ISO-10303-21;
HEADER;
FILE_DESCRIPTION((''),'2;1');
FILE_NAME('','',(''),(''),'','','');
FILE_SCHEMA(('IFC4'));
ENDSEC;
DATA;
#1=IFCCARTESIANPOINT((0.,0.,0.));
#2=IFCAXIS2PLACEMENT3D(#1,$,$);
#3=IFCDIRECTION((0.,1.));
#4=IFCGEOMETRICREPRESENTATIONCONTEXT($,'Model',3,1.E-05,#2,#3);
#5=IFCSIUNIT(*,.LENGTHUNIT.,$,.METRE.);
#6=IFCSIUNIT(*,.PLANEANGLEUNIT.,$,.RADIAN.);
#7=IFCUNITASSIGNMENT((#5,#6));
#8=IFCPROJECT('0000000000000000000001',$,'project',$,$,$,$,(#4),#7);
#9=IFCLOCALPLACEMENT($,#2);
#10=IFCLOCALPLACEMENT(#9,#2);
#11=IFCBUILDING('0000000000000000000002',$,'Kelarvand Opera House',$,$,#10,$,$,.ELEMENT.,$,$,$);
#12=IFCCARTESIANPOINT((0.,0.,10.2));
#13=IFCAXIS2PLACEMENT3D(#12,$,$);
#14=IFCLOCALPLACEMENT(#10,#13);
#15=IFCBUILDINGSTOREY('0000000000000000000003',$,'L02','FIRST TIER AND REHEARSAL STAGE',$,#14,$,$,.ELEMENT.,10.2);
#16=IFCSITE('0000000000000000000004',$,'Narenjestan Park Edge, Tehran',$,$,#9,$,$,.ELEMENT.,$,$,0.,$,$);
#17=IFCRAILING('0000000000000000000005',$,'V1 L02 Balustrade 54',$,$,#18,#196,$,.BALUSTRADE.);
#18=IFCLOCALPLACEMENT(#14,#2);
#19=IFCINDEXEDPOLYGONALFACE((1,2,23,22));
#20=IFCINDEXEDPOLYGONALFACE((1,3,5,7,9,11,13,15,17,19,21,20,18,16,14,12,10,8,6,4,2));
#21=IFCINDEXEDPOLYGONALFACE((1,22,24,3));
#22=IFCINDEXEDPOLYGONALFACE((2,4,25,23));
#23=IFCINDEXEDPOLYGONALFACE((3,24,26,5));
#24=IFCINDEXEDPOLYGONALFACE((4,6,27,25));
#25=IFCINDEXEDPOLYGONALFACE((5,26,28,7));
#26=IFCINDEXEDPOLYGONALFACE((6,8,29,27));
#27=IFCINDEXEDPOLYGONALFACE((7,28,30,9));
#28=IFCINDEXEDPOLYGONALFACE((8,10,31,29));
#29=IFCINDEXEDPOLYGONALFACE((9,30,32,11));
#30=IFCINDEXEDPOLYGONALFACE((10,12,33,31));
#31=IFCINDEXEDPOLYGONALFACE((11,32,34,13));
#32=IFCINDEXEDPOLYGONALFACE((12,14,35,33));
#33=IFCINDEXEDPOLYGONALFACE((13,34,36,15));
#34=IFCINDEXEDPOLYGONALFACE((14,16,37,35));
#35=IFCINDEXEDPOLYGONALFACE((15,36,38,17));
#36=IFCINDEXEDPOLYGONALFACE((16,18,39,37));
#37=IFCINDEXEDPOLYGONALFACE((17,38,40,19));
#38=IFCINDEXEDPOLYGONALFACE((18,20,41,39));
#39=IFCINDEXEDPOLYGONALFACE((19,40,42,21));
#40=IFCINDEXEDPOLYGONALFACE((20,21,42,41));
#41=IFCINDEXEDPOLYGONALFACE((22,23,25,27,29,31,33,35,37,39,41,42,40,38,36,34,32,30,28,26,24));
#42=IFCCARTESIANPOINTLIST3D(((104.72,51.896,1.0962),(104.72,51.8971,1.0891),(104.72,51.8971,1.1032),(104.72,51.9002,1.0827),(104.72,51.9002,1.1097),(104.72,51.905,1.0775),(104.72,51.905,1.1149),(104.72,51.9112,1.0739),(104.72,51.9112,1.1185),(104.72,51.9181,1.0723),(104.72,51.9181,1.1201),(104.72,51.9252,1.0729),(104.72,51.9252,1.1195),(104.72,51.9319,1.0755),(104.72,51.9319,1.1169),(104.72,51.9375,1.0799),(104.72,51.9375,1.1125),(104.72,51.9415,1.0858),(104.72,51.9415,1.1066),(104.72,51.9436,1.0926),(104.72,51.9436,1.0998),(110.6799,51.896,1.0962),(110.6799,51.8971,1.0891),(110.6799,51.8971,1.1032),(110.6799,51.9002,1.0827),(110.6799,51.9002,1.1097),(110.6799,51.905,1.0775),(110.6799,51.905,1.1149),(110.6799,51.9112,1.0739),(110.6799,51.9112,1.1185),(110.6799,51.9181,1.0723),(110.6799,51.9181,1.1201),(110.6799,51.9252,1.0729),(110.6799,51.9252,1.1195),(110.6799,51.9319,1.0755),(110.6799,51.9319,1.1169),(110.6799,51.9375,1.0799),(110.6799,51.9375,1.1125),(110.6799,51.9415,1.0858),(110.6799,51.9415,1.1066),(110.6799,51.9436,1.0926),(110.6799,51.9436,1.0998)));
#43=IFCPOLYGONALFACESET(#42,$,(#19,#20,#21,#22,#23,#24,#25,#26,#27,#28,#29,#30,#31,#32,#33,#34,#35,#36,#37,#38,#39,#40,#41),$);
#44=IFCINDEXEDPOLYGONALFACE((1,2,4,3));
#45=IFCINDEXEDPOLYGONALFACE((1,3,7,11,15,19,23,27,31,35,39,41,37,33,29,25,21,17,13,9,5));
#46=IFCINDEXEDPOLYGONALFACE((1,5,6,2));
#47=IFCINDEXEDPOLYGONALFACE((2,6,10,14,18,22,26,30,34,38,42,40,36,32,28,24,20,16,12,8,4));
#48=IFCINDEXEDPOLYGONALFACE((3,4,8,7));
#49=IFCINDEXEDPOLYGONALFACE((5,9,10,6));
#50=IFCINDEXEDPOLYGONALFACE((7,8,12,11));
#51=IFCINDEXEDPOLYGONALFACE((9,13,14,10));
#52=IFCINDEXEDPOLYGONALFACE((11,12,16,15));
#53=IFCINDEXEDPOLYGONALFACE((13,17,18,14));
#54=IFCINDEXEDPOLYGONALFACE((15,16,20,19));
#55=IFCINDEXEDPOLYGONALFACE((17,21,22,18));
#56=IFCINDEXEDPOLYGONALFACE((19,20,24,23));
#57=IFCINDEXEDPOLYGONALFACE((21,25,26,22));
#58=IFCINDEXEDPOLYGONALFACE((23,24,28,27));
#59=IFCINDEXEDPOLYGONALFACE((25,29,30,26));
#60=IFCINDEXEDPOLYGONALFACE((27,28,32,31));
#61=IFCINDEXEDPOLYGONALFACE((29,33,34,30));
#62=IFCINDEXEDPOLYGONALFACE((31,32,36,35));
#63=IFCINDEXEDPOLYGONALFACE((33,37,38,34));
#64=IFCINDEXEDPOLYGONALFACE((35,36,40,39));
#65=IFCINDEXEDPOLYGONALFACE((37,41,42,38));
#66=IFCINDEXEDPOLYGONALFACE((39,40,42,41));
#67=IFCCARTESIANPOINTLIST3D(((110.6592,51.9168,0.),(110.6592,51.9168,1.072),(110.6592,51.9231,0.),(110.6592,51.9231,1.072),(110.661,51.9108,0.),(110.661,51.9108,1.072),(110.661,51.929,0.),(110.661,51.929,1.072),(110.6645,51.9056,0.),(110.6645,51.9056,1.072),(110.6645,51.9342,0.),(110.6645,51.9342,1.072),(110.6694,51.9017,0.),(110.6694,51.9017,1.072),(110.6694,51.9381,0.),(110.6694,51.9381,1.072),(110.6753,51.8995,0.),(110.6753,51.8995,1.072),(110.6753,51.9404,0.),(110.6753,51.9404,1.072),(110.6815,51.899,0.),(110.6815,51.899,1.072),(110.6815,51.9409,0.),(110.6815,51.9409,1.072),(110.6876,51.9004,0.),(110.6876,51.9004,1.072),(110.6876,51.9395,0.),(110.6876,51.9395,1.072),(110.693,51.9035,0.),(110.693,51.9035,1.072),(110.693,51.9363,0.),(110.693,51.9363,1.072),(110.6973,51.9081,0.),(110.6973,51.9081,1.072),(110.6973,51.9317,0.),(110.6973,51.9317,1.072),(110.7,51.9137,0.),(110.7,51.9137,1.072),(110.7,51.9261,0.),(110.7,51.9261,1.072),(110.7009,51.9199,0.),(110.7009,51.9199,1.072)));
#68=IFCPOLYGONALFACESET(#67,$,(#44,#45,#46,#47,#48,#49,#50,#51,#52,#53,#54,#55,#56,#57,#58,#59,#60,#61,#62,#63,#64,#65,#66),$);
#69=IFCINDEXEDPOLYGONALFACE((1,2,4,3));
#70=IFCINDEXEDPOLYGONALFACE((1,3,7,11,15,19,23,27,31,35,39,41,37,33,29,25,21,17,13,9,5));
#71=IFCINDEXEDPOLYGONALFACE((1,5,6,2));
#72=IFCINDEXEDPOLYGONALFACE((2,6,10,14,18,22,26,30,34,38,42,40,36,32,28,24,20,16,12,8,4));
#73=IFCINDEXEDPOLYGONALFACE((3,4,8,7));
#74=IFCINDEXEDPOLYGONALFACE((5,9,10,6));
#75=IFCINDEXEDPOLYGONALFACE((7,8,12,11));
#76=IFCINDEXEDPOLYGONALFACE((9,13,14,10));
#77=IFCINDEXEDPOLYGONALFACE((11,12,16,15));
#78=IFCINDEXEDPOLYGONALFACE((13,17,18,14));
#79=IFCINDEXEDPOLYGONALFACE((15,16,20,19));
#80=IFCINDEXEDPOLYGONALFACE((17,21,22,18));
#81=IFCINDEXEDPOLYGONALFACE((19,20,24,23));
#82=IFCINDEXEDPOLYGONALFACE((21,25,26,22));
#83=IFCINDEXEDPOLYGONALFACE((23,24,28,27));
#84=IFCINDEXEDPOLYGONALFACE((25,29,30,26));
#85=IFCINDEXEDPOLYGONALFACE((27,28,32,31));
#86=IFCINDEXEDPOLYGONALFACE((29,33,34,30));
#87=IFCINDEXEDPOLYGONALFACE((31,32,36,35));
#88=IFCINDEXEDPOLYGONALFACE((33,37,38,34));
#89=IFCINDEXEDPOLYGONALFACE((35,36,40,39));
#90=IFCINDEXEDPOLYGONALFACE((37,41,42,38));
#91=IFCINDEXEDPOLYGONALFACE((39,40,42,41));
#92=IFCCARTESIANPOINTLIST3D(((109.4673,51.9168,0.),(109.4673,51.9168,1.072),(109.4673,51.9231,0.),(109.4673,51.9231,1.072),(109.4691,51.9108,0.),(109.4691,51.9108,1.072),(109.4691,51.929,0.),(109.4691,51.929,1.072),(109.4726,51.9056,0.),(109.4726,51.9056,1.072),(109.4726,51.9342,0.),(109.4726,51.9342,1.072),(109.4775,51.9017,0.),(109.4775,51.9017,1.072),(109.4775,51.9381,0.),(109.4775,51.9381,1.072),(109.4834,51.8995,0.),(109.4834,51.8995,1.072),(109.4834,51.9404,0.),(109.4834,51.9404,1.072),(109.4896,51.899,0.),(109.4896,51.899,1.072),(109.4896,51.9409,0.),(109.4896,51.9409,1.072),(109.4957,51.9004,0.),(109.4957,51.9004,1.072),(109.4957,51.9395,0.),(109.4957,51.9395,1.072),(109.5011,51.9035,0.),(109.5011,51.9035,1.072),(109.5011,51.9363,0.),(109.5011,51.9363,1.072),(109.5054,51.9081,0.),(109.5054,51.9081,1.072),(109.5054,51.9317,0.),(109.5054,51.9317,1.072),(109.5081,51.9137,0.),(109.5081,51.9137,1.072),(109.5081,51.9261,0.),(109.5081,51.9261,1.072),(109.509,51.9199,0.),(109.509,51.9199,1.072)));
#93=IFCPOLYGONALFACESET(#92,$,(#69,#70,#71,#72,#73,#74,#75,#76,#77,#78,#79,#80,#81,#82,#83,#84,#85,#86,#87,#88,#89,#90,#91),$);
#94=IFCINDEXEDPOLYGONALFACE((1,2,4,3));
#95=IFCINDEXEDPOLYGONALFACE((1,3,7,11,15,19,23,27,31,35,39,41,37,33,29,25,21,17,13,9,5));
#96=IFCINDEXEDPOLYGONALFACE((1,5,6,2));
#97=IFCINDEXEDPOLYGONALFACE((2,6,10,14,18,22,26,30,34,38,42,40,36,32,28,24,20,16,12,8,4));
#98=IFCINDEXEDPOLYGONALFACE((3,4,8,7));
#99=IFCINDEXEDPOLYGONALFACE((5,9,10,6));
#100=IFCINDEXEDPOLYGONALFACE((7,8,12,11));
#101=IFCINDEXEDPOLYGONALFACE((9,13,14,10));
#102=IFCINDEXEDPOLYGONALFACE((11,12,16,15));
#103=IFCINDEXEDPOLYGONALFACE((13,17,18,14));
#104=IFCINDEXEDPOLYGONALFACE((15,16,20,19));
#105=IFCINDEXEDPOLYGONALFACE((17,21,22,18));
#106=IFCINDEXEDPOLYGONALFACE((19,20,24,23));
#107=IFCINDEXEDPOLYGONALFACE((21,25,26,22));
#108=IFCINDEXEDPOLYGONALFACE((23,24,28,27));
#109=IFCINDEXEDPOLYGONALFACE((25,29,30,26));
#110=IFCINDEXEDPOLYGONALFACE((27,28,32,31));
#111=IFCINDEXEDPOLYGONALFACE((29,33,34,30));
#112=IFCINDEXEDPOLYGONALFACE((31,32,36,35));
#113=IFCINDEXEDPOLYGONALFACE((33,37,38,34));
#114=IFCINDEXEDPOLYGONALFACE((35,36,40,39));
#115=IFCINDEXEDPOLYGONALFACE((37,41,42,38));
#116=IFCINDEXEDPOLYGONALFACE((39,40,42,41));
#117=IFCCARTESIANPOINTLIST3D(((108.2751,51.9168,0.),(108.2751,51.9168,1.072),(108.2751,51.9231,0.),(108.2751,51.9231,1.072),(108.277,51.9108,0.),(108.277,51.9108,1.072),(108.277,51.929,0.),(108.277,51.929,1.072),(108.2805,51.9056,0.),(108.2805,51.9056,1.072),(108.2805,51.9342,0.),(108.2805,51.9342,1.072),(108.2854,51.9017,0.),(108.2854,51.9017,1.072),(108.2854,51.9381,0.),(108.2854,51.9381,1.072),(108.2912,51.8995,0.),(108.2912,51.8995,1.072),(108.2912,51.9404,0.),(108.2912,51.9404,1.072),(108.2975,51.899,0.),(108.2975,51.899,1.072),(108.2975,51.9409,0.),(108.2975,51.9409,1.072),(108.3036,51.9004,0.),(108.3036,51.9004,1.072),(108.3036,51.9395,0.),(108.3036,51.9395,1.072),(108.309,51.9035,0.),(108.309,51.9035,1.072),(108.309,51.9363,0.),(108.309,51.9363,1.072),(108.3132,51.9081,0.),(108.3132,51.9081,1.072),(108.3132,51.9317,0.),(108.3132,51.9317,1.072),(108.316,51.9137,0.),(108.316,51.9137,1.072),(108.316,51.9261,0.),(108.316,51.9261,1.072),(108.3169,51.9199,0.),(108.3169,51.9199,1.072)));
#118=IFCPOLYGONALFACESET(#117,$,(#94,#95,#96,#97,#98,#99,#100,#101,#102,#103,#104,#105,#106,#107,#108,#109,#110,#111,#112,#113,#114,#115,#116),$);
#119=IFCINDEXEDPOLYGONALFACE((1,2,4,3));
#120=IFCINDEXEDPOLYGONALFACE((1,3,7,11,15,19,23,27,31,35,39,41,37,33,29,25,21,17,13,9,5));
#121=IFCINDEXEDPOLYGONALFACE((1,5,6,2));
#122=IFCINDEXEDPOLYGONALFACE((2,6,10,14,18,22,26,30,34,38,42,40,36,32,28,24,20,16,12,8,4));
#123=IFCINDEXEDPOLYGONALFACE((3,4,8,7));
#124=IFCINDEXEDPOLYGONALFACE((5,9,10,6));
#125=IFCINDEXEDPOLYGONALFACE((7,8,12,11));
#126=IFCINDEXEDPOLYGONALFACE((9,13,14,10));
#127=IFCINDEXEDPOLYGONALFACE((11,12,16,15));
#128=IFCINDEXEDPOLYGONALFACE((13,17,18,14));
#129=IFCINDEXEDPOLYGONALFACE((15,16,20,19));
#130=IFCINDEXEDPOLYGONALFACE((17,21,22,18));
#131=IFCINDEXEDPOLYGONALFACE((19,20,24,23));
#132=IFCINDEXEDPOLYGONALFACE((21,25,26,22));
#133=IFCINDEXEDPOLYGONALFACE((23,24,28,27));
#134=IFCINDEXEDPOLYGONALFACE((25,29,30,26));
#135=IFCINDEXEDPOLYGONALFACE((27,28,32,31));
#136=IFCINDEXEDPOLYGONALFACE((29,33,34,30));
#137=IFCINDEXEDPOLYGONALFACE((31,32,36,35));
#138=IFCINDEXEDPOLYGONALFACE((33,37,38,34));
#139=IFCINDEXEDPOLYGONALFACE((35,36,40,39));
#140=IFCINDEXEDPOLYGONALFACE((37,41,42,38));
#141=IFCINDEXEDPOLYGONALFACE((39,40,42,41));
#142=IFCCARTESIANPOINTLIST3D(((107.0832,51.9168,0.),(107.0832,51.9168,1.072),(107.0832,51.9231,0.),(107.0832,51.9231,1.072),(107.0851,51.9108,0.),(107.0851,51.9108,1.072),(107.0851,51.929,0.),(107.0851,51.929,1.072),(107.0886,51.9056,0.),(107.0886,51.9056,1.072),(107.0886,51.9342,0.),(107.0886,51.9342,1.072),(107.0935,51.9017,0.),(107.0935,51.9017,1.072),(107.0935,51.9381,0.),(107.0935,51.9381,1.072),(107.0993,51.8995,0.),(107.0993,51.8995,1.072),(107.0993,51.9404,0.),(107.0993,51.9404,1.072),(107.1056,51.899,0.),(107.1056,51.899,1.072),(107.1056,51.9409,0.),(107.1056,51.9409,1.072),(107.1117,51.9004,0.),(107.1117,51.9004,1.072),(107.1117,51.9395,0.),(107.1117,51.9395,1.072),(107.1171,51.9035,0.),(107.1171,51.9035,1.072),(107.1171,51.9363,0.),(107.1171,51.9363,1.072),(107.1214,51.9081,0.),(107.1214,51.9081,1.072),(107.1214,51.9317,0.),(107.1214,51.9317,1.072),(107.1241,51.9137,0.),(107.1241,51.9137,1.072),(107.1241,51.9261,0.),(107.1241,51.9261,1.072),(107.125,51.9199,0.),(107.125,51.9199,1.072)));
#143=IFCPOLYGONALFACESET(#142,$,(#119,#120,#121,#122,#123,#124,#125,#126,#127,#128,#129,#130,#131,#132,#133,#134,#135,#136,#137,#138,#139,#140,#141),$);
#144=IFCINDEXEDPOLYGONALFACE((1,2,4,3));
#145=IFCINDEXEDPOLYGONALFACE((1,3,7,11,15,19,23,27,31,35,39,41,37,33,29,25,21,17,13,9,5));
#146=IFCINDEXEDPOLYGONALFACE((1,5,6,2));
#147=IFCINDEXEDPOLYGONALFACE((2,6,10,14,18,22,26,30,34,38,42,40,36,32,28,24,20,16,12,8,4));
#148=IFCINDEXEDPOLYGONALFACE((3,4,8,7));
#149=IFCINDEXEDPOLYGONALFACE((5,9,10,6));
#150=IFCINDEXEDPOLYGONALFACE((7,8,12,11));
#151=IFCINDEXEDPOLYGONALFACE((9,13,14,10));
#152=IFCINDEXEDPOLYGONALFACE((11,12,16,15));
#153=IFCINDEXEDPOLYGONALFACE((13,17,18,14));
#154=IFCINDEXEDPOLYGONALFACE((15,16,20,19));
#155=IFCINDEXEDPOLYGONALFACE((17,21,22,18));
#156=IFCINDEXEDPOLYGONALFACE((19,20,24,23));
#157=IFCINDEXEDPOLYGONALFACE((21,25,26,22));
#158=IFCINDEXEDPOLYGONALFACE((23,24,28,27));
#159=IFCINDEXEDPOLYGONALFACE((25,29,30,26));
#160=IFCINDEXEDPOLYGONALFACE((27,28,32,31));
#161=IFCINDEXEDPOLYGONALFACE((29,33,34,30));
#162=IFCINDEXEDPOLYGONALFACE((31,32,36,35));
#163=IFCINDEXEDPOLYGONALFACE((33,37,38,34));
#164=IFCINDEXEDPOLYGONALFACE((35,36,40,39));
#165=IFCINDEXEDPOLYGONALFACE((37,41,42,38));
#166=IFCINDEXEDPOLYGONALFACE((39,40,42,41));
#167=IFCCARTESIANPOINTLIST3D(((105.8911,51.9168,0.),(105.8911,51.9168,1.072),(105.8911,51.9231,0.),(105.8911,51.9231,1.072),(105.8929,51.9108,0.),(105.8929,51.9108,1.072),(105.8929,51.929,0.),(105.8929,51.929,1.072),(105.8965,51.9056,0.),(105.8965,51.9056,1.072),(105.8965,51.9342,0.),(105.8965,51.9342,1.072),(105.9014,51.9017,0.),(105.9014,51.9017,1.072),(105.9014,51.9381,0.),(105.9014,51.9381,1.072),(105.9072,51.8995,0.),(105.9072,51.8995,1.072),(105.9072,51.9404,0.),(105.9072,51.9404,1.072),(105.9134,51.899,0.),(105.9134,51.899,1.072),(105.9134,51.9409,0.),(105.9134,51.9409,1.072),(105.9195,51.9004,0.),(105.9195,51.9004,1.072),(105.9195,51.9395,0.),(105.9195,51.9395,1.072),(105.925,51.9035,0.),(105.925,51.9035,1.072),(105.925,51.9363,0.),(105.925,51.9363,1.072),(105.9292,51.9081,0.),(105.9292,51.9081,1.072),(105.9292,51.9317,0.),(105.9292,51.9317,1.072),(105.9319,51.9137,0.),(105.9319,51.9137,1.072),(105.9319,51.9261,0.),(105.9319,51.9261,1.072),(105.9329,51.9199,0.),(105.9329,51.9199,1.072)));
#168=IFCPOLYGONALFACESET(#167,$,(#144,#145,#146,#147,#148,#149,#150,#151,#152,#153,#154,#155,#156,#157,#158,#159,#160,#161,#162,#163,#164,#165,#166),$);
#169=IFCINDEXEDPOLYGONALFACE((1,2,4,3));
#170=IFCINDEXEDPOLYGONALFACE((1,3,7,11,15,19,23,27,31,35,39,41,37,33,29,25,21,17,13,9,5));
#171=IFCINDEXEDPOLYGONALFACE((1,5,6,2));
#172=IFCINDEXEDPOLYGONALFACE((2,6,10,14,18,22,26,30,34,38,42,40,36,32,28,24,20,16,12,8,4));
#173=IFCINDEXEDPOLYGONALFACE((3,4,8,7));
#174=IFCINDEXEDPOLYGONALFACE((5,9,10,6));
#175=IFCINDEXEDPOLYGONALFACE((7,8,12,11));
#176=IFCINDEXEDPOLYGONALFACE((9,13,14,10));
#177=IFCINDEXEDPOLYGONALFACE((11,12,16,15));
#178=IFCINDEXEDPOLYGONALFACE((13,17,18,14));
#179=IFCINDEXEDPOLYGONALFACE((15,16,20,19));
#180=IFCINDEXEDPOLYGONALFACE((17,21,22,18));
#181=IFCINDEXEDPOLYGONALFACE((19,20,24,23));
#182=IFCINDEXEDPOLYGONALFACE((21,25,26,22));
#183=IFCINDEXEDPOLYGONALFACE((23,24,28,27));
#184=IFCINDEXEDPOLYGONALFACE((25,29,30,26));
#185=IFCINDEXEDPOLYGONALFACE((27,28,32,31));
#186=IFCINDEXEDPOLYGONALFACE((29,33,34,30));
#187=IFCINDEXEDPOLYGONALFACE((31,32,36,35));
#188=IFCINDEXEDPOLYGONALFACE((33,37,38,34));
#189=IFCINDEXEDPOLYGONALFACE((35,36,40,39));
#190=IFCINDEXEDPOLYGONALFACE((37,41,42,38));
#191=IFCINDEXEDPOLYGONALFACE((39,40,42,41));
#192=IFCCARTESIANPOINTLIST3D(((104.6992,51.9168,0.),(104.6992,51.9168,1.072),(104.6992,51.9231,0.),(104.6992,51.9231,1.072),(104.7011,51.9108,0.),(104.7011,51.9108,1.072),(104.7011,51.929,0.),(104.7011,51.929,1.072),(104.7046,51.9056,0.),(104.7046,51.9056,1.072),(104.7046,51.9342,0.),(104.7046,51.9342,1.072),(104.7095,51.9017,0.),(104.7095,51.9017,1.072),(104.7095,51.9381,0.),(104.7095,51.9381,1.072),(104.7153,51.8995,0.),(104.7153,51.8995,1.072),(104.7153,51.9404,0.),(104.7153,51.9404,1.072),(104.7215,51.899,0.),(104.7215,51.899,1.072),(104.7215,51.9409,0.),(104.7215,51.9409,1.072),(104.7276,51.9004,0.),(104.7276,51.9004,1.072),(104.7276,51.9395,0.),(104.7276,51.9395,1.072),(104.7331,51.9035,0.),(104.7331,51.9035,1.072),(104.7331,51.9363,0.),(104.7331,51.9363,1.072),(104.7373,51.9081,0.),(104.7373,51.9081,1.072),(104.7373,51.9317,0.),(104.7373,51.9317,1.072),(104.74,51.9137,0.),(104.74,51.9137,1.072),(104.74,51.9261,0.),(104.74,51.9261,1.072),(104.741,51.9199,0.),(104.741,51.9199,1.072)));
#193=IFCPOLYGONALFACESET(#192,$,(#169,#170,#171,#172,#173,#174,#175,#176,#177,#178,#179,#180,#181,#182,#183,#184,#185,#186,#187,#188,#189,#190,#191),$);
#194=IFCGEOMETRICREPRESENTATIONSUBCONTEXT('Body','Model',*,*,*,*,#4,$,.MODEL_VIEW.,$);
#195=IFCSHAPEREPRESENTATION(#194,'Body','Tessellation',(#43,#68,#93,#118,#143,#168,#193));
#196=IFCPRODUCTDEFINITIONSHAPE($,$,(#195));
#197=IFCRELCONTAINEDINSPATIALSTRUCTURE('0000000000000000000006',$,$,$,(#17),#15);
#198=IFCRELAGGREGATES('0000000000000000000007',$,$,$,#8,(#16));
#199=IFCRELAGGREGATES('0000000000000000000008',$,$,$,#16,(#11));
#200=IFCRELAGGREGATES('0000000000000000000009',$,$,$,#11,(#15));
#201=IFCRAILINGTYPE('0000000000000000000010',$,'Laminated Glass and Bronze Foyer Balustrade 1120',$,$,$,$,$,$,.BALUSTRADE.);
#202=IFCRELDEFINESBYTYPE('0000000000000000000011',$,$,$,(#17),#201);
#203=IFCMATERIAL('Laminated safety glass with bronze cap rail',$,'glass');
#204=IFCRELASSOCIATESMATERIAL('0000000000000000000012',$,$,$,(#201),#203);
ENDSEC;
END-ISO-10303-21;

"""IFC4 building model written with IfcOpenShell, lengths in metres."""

from ifc_helpers import new_model, si_unit, direction, frame, origin, origin_2d, place, context, subcontext, project, spatial, circle, extrude, material, type_object, element, save


model = new_model("IFC4")

# Units and contexts
model_context = context("Model", 3, precision=1e-05, world=origin(), true_north=direction((0.0, 1.0)))
body_context = subcontext(model_context, "Body", "Model", "MODEL_VIEW")
ifc_project = project(units=[si_unit("LENGTHUNIT", "METRE"), si_unit("PLANEANGLEUNIT", "RADIAN")], contexts=[model_context])

# Site, building, storey
site_placement = place(None, origin())
site = spatial("IfcSite", under=ifc_project, at=site_placement, Name="Narenjestan Park Edge, Tehran", CompositionType="ELEMENT", RefElevation=0.0)
building_placement = place(site_placement, origin())
building = spatial("IfcBuilding", under=site, at=building_placement, Name="Kelarvand Opera House", CompositionType="ELEMENT")
storey_placement = place(building_placement, frame((0.0, 0.0, 10.2)))
storey = spatial("IfcBuildingStorey", under=building, at=storey_placement, Name="L02", Description="FIRST TIER AND REHEARSAL STAGE", CompositionType="ELEMENT", Elevation=10.2)

# Railing
ifc_material_1 = material(Name="Laminated safety glass with bronze cap rail", Category="glass")
railing_type = type_object("IfcRailingType", Name="Laminated Glass and Bronze Foyer Balustrade 1120", PredefinedType="BALUSTRADE", material=ifc_material_1)
railing_1_placement = place(storey_placement, frame((110.6799, 51.9199, 0.0)))
element("IfcRailing", 1, at=railing_1_placement, inside=storey, type_object=railing_type, Name="V1 L02 Balustrade 54", PredefinedType="BALUSTRADE", context=body_context, shape_type="SweptSolid", body=[
    extrude(circle(Radius=0.0239, at=origin_2d()), frame((0.0, 0.0, 1.0962), z_axis=(-1.0, 0.0, 0.0), x_axis=(0.0, -1.0, 0.0)), (0.0, 0.0, 1.0), 5.96),
    extrude(circle(Radius=0.021, at=origin_2d()), origin(), (0.0, 0.0, 1.0), 1.072),
    extrude(circle(Radius=0.021, at=origin_2d()), frame((-1.1919, 0.0, 0.0)), (0.0, 0.0, 1.0), 1.072),
    extrude(circle(Radius=0.021, at=origin_2d()), frame((-2.384, 0.0, 0.0)), (0.0, 0.0, 1.0), 1.072),
    extrude(circle(Radius=0.021, at=origin_2d()), frame((-3.5759, 0.0, 0.0)), (0.0, 0.0, 1.0), 1.072),
    extrude(circle(Radius=0.021, at=origin_2d()), frame((-4.7681, 0.0, 0.0)), (0.0, 0.0, 1.0), 1.072),
    extrude(circle(Radius=0.021, at=origin_2d()), frame((-5.96, 0.0, 0.0)), (0.0, 0.0, 1.0), 1.072),
])

save(model, "model.ifc")
